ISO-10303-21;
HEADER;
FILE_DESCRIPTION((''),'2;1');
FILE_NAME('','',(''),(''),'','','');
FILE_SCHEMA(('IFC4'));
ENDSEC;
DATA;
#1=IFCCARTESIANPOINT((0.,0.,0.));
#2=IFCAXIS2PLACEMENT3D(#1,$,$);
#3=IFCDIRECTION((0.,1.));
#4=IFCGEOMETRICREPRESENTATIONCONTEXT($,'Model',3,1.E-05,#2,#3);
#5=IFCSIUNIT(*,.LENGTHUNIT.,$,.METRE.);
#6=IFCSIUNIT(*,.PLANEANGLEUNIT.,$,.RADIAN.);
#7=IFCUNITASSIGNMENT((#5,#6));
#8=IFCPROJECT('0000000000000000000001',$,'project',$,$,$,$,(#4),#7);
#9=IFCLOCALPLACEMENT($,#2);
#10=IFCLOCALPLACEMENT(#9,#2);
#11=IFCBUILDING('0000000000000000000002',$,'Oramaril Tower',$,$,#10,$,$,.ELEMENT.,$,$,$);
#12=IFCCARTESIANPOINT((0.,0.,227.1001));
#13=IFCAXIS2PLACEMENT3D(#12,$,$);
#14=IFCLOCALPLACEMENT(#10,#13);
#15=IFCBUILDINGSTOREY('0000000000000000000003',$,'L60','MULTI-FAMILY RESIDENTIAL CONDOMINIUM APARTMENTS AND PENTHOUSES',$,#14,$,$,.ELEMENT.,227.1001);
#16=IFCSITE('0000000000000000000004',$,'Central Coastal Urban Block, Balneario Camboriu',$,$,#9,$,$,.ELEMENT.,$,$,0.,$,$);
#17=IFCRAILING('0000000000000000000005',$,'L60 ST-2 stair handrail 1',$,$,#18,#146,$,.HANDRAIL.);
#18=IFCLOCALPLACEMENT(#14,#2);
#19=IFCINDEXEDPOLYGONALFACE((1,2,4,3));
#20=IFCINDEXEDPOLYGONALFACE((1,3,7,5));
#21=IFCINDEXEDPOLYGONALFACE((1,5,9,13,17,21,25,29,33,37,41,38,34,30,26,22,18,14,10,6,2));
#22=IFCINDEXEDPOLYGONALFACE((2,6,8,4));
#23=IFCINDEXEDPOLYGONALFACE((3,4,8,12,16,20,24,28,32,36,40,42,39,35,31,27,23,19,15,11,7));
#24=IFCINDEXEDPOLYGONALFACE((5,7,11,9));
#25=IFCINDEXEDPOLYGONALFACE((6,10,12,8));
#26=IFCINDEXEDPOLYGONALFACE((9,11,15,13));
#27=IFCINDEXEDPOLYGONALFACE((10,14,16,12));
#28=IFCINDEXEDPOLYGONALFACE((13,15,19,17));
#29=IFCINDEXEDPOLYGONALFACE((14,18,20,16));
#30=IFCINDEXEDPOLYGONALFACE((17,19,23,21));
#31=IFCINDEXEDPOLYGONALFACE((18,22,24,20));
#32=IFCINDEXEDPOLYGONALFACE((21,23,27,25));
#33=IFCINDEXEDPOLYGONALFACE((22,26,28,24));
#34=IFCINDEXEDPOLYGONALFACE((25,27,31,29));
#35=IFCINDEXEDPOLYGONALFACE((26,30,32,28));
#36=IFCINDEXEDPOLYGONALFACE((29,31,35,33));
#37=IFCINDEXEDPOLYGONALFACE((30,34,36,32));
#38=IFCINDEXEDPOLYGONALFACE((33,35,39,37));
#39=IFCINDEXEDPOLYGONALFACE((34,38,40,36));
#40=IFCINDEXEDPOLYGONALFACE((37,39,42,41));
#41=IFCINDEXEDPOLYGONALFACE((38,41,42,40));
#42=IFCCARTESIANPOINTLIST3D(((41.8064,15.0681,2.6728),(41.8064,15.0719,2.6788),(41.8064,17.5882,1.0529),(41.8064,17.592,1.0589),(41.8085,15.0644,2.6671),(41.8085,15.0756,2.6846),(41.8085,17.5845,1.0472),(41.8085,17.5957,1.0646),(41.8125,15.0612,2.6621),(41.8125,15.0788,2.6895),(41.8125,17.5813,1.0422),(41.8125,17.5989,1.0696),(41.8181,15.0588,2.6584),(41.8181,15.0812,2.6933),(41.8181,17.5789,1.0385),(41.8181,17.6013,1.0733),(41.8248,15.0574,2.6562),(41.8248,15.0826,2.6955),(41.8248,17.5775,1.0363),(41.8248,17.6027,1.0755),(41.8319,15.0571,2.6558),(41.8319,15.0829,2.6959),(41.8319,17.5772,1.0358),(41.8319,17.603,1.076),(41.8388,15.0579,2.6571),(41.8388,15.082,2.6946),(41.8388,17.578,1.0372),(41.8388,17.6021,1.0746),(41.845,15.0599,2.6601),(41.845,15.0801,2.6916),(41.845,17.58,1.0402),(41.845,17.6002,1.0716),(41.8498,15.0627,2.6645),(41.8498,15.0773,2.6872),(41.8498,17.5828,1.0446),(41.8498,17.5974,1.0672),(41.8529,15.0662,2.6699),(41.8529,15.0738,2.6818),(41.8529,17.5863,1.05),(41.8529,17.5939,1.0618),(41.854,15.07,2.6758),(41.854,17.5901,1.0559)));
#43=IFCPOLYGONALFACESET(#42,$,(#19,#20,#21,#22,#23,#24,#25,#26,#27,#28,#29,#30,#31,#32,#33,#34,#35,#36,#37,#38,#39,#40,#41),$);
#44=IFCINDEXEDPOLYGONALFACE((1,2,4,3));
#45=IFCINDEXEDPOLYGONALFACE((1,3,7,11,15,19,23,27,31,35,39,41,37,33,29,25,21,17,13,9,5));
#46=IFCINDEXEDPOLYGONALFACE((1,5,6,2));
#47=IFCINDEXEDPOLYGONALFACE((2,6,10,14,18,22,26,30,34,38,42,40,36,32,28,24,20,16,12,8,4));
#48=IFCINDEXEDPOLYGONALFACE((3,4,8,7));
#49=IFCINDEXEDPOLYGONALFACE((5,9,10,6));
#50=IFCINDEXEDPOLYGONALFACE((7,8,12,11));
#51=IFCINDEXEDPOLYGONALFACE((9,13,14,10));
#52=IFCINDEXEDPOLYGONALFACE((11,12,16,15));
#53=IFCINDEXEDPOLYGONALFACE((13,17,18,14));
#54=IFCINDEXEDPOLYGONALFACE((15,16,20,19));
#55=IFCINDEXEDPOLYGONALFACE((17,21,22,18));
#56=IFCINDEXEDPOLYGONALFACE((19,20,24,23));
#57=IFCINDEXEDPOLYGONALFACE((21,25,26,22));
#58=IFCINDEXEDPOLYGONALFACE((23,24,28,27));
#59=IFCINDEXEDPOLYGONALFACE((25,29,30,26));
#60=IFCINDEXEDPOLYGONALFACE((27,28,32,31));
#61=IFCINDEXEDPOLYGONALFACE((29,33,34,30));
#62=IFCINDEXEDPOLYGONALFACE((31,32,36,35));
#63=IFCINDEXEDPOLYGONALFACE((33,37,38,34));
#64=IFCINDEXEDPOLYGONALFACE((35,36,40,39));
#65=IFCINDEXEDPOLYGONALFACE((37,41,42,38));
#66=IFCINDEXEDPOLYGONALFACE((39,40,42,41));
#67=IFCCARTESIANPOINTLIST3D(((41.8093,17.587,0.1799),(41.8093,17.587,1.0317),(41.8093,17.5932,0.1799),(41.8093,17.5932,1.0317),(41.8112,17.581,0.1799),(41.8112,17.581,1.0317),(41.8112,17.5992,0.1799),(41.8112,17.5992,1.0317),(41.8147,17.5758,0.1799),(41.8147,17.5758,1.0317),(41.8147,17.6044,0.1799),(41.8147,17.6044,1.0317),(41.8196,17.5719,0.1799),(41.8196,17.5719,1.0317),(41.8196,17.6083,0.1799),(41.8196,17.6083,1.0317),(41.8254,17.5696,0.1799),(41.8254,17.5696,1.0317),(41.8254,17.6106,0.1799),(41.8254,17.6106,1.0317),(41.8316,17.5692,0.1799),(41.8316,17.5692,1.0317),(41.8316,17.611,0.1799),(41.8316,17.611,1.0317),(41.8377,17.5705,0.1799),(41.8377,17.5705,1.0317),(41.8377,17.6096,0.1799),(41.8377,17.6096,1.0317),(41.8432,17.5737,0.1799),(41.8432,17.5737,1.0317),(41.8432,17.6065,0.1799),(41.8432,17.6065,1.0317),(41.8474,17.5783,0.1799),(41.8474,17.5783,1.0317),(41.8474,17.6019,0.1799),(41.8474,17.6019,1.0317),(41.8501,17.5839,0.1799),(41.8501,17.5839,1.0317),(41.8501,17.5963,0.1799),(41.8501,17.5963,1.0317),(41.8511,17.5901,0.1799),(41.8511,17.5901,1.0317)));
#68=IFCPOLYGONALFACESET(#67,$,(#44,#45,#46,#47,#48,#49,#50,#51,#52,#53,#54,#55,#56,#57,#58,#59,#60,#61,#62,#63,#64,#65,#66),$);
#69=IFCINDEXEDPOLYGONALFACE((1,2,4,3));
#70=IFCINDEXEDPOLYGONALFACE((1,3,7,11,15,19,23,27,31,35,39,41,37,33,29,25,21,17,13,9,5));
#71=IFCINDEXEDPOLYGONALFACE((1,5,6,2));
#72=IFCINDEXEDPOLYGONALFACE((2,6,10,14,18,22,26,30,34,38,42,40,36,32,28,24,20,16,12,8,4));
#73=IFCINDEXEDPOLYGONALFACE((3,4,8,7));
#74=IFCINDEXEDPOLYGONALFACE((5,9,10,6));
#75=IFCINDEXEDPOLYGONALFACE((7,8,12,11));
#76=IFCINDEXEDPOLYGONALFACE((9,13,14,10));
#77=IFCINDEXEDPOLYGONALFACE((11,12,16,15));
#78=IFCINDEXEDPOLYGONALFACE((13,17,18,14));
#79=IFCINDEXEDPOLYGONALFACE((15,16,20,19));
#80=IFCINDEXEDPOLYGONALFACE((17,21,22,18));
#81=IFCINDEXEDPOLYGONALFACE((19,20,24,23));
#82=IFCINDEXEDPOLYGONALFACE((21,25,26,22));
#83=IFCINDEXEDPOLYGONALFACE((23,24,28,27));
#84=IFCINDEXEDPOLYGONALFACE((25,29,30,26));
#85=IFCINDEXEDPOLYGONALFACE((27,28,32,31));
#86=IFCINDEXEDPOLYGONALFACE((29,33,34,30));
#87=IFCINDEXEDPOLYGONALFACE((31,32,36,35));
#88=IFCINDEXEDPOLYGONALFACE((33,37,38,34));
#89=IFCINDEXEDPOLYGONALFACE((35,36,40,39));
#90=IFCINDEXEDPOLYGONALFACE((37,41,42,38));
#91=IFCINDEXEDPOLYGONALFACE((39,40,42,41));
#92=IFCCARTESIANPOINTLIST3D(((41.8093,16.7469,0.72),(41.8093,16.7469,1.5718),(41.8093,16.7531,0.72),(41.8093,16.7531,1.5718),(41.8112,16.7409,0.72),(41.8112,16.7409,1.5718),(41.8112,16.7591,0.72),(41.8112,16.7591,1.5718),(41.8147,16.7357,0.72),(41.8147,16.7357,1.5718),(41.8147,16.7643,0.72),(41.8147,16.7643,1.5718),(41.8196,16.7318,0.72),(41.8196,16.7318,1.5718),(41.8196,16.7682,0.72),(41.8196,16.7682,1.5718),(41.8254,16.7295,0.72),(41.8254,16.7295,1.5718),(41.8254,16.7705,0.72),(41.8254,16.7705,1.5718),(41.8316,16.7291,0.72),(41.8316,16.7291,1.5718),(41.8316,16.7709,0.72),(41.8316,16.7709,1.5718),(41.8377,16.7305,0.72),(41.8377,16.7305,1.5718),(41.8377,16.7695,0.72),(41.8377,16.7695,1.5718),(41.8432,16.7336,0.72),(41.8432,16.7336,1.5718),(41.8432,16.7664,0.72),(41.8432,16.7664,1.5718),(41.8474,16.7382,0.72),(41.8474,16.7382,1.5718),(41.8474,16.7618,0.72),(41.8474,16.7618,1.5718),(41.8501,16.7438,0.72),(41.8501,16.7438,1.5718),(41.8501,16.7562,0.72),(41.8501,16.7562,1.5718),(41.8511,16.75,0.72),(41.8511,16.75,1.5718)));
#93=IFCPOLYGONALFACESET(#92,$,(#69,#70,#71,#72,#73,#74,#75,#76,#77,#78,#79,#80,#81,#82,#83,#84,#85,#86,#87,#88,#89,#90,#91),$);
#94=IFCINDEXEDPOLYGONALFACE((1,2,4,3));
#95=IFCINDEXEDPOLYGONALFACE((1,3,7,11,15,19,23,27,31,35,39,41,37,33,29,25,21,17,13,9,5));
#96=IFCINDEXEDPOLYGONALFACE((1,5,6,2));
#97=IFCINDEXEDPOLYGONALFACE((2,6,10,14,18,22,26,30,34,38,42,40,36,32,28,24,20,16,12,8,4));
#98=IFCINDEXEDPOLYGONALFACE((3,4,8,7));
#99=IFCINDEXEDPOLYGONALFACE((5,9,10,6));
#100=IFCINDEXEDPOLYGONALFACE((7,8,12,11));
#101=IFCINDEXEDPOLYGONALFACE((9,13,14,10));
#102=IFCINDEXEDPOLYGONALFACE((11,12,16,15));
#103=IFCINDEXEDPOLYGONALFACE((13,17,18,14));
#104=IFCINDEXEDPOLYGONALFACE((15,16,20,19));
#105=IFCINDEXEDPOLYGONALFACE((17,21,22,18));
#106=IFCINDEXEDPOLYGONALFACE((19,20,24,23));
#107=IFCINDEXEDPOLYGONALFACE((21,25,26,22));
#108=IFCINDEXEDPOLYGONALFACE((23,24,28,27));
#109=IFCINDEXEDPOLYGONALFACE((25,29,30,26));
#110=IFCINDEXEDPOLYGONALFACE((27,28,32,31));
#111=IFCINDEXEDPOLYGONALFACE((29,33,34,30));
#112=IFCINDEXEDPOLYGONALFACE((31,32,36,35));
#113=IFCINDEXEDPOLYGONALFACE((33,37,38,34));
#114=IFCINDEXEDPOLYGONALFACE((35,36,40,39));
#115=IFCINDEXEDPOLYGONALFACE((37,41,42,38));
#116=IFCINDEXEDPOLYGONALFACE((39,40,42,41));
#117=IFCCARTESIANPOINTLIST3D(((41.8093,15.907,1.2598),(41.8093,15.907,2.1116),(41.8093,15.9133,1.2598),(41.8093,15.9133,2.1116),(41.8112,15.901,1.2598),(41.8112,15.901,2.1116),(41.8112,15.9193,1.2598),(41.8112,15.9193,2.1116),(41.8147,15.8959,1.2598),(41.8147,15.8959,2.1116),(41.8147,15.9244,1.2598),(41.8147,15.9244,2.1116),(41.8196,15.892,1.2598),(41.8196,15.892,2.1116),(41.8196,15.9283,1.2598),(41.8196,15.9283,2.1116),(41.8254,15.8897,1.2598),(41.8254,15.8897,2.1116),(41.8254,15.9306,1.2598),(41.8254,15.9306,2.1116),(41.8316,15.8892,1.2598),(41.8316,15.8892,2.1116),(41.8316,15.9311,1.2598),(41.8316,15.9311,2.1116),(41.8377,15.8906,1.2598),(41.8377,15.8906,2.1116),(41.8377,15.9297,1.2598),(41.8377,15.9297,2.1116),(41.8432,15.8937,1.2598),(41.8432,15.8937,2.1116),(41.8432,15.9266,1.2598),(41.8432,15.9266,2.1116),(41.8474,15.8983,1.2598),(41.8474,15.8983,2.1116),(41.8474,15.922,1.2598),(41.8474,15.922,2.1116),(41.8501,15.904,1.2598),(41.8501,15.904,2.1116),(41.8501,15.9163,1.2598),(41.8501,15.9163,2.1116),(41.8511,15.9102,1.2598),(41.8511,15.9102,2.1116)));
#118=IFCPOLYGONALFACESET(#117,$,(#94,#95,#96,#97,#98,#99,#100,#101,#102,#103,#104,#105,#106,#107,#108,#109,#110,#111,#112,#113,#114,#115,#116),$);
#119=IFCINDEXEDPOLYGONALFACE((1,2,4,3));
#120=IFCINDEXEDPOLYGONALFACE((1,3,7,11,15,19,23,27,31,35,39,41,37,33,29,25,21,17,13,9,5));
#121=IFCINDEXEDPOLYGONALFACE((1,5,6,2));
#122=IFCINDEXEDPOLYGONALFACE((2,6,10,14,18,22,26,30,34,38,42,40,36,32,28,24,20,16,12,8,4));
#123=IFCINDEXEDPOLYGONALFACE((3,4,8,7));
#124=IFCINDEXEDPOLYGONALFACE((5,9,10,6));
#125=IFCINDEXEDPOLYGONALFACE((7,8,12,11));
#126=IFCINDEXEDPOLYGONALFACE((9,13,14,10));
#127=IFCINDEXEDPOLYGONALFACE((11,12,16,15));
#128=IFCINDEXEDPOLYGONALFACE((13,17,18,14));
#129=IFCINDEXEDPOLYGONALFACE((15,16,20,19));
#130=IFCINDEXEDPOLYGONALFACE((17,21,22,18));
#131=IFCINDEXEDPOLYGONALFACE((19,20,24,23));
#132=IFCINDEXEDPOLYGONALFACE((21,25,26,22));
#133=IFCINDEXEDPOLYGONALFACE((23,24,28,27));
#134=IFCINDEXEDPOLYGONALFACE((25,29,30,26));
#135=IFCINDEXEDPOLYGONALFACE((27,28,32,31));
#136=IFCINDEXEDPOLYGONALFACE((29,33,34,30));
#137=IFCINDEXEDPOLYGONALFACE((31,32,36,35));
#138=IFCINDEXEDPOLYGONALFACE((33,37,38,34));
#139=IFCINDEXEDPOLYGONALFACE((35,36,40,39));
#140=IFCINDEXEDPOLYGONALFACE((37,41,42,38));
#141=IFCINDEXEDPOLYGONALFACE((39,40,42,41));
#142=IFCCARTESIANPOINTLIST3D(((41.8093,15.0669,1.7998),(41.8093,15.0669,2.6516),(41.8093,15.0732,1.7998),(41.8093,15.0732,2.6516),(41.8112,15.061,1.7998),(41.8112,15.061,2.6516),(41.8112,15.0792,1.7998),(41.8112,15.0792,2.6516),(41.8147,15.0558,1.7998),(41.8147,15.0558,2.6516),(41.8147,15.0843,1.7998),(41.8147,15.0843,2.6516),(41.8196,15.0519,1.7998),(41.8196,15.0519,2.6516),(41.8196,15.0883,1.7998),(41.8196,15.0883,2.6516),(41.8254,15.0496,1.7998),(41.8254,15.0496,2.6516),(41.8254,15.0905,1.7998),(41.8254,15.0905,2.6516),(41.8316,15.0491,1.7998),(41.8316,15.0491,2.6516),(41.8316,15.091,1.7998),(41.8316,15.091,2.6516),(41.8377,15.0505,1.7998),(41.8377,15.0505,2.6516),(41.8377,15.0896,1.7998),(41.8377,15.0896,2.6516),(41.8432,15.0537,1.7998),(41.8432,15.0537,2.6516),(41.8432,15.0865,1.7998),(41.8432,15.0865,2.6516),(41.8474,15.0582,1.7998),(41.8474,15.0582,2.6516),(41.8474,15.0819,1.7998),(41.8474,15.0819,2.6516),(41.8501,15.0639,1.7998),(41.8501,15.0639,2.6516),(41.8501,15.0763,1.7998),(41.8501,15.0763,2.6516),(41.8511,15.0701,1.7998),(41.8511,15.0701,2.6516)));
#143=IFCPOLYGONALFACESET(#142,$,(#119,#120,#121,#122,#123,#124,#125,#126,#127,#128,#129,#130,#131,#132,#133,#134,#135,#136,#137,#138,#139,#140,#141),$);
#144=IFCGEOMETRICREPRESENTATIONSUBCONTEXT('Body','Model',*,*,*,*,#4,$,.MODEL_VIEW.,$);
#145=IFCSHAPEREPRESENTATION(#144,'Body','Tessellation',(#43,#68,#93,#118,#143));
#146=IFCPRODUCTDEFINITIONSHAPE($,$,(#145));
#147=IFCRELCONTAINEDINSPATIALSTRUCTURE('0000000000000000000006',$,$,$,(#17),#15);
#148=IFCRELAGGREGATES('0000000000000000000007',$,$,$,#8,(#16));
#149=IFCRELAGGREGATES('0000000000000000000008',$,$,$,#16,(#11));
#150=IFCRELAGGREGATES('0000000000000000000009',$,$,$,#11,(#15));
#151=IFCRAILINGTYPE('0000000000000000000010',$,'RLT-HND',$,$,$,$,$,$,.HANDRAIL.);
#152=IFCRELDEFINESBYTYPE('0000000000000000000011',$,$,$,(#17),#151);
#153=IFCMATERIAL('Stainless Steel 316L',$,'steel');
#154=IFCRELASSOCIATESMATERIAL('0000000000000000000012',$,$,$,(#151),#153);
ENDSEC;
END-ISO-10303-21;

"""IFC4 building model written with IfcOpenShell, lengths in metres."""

from ifc_helpers import new_model, si_unit, direction, frame, origin, origin_2d, place, context, subcontext, project, spatial, circle, extrude, material, type_object, element, save


model = new_model("IFC4")

# Units and contexts
model_context = context("Model", 3, precision=1e-05, world=origin(), true_north=direction((0.0, 1.0)))
body_context = subcontext(model_context, "Body", "Model", "MODEL_VIEW")
ifc_project = project(units=[si_unit("LENGTHUNIT", "METRE"), si_unit("PLANEANGLEUNIT", "RADIAN")], contexts=[model_context])

# Site, building, storey
site_placement = place(None, origin())
site = spatial("IfcSite", under=ifc_project, at=site_placement, Name="Central Coastal Urban Block, Balneario Camboriu", CompositionType="ELEMENT", RefElevation=0.0)
building_placement = place(site_placement, origin())
building = spatial("IfcBuilding", under=site, at=building_placement, Name="Oramaril Tower", CompositionType="ELEMENT")
storey_placement = place(building_placement, frame((0.0, 0.0, 227.1001)))
storey = spatial("IfcBuildingStorey", under=building, at=storey_placement, Name="L60", Description="MULTI-FAMILY RESIDENTIAL CONDOMINIUM APARTMENTS AND PENTHOUSES", CompositionType="ELEMENT", Elevation=227.1001)

# Railing
ifc_material_1 = material(Name="Stainless Steel 316L", Category="steel")
railing_type_1 = type_object("IfcRailingType", Name="RLT-HND", PredefinedType="HANDRAIL", material=ifc_material_1)
railing_1_placement = place(storey_placement, frame((41.8301, 17.5901, 0.1799)))
element("IfcRailing", 1, at=railing_1_placement, inside=storey, type_object=railing_type_1, Name="L60 ST-2 stair handrail 1", PredefinedType="HANDRAIL", context=body_context, shape_type="SweptSolid", body=[
    extrude(circle(Radius=0.0239, at=origin_2d()), frame((0.0, 0.0, 0.876), z_axis=(0.0, -0.8412, 0.540725), x_axis=(1.0, 0.0, 0.0)), (0.0, 0.0, 1.0), 2.9958),
    extrude(circle(Radius=0.021, at=origin_2d()), origin(), (0.0, 0.0, 1.0), 0.8518),
    extrude(circle(Radius=0.021, at=origin_2d()), frame((0.0, -0.8401, 0.54)), (0.0, 0.0, 1.0), 0.8518),
    extrude(circle(Radius=0.021, at=origin_2d()), frame((0.0, -1.6799, 1.0798)), (0.0, 0.0, 1.0), 0.8518),
    extrude(circle(Radius=0.021, at=origin_2d()), frame((0.0, -2.52, 1.6199)), (0.0, 0.0, 1.0), 0.8518),
])

save(model, "model.ifc")
